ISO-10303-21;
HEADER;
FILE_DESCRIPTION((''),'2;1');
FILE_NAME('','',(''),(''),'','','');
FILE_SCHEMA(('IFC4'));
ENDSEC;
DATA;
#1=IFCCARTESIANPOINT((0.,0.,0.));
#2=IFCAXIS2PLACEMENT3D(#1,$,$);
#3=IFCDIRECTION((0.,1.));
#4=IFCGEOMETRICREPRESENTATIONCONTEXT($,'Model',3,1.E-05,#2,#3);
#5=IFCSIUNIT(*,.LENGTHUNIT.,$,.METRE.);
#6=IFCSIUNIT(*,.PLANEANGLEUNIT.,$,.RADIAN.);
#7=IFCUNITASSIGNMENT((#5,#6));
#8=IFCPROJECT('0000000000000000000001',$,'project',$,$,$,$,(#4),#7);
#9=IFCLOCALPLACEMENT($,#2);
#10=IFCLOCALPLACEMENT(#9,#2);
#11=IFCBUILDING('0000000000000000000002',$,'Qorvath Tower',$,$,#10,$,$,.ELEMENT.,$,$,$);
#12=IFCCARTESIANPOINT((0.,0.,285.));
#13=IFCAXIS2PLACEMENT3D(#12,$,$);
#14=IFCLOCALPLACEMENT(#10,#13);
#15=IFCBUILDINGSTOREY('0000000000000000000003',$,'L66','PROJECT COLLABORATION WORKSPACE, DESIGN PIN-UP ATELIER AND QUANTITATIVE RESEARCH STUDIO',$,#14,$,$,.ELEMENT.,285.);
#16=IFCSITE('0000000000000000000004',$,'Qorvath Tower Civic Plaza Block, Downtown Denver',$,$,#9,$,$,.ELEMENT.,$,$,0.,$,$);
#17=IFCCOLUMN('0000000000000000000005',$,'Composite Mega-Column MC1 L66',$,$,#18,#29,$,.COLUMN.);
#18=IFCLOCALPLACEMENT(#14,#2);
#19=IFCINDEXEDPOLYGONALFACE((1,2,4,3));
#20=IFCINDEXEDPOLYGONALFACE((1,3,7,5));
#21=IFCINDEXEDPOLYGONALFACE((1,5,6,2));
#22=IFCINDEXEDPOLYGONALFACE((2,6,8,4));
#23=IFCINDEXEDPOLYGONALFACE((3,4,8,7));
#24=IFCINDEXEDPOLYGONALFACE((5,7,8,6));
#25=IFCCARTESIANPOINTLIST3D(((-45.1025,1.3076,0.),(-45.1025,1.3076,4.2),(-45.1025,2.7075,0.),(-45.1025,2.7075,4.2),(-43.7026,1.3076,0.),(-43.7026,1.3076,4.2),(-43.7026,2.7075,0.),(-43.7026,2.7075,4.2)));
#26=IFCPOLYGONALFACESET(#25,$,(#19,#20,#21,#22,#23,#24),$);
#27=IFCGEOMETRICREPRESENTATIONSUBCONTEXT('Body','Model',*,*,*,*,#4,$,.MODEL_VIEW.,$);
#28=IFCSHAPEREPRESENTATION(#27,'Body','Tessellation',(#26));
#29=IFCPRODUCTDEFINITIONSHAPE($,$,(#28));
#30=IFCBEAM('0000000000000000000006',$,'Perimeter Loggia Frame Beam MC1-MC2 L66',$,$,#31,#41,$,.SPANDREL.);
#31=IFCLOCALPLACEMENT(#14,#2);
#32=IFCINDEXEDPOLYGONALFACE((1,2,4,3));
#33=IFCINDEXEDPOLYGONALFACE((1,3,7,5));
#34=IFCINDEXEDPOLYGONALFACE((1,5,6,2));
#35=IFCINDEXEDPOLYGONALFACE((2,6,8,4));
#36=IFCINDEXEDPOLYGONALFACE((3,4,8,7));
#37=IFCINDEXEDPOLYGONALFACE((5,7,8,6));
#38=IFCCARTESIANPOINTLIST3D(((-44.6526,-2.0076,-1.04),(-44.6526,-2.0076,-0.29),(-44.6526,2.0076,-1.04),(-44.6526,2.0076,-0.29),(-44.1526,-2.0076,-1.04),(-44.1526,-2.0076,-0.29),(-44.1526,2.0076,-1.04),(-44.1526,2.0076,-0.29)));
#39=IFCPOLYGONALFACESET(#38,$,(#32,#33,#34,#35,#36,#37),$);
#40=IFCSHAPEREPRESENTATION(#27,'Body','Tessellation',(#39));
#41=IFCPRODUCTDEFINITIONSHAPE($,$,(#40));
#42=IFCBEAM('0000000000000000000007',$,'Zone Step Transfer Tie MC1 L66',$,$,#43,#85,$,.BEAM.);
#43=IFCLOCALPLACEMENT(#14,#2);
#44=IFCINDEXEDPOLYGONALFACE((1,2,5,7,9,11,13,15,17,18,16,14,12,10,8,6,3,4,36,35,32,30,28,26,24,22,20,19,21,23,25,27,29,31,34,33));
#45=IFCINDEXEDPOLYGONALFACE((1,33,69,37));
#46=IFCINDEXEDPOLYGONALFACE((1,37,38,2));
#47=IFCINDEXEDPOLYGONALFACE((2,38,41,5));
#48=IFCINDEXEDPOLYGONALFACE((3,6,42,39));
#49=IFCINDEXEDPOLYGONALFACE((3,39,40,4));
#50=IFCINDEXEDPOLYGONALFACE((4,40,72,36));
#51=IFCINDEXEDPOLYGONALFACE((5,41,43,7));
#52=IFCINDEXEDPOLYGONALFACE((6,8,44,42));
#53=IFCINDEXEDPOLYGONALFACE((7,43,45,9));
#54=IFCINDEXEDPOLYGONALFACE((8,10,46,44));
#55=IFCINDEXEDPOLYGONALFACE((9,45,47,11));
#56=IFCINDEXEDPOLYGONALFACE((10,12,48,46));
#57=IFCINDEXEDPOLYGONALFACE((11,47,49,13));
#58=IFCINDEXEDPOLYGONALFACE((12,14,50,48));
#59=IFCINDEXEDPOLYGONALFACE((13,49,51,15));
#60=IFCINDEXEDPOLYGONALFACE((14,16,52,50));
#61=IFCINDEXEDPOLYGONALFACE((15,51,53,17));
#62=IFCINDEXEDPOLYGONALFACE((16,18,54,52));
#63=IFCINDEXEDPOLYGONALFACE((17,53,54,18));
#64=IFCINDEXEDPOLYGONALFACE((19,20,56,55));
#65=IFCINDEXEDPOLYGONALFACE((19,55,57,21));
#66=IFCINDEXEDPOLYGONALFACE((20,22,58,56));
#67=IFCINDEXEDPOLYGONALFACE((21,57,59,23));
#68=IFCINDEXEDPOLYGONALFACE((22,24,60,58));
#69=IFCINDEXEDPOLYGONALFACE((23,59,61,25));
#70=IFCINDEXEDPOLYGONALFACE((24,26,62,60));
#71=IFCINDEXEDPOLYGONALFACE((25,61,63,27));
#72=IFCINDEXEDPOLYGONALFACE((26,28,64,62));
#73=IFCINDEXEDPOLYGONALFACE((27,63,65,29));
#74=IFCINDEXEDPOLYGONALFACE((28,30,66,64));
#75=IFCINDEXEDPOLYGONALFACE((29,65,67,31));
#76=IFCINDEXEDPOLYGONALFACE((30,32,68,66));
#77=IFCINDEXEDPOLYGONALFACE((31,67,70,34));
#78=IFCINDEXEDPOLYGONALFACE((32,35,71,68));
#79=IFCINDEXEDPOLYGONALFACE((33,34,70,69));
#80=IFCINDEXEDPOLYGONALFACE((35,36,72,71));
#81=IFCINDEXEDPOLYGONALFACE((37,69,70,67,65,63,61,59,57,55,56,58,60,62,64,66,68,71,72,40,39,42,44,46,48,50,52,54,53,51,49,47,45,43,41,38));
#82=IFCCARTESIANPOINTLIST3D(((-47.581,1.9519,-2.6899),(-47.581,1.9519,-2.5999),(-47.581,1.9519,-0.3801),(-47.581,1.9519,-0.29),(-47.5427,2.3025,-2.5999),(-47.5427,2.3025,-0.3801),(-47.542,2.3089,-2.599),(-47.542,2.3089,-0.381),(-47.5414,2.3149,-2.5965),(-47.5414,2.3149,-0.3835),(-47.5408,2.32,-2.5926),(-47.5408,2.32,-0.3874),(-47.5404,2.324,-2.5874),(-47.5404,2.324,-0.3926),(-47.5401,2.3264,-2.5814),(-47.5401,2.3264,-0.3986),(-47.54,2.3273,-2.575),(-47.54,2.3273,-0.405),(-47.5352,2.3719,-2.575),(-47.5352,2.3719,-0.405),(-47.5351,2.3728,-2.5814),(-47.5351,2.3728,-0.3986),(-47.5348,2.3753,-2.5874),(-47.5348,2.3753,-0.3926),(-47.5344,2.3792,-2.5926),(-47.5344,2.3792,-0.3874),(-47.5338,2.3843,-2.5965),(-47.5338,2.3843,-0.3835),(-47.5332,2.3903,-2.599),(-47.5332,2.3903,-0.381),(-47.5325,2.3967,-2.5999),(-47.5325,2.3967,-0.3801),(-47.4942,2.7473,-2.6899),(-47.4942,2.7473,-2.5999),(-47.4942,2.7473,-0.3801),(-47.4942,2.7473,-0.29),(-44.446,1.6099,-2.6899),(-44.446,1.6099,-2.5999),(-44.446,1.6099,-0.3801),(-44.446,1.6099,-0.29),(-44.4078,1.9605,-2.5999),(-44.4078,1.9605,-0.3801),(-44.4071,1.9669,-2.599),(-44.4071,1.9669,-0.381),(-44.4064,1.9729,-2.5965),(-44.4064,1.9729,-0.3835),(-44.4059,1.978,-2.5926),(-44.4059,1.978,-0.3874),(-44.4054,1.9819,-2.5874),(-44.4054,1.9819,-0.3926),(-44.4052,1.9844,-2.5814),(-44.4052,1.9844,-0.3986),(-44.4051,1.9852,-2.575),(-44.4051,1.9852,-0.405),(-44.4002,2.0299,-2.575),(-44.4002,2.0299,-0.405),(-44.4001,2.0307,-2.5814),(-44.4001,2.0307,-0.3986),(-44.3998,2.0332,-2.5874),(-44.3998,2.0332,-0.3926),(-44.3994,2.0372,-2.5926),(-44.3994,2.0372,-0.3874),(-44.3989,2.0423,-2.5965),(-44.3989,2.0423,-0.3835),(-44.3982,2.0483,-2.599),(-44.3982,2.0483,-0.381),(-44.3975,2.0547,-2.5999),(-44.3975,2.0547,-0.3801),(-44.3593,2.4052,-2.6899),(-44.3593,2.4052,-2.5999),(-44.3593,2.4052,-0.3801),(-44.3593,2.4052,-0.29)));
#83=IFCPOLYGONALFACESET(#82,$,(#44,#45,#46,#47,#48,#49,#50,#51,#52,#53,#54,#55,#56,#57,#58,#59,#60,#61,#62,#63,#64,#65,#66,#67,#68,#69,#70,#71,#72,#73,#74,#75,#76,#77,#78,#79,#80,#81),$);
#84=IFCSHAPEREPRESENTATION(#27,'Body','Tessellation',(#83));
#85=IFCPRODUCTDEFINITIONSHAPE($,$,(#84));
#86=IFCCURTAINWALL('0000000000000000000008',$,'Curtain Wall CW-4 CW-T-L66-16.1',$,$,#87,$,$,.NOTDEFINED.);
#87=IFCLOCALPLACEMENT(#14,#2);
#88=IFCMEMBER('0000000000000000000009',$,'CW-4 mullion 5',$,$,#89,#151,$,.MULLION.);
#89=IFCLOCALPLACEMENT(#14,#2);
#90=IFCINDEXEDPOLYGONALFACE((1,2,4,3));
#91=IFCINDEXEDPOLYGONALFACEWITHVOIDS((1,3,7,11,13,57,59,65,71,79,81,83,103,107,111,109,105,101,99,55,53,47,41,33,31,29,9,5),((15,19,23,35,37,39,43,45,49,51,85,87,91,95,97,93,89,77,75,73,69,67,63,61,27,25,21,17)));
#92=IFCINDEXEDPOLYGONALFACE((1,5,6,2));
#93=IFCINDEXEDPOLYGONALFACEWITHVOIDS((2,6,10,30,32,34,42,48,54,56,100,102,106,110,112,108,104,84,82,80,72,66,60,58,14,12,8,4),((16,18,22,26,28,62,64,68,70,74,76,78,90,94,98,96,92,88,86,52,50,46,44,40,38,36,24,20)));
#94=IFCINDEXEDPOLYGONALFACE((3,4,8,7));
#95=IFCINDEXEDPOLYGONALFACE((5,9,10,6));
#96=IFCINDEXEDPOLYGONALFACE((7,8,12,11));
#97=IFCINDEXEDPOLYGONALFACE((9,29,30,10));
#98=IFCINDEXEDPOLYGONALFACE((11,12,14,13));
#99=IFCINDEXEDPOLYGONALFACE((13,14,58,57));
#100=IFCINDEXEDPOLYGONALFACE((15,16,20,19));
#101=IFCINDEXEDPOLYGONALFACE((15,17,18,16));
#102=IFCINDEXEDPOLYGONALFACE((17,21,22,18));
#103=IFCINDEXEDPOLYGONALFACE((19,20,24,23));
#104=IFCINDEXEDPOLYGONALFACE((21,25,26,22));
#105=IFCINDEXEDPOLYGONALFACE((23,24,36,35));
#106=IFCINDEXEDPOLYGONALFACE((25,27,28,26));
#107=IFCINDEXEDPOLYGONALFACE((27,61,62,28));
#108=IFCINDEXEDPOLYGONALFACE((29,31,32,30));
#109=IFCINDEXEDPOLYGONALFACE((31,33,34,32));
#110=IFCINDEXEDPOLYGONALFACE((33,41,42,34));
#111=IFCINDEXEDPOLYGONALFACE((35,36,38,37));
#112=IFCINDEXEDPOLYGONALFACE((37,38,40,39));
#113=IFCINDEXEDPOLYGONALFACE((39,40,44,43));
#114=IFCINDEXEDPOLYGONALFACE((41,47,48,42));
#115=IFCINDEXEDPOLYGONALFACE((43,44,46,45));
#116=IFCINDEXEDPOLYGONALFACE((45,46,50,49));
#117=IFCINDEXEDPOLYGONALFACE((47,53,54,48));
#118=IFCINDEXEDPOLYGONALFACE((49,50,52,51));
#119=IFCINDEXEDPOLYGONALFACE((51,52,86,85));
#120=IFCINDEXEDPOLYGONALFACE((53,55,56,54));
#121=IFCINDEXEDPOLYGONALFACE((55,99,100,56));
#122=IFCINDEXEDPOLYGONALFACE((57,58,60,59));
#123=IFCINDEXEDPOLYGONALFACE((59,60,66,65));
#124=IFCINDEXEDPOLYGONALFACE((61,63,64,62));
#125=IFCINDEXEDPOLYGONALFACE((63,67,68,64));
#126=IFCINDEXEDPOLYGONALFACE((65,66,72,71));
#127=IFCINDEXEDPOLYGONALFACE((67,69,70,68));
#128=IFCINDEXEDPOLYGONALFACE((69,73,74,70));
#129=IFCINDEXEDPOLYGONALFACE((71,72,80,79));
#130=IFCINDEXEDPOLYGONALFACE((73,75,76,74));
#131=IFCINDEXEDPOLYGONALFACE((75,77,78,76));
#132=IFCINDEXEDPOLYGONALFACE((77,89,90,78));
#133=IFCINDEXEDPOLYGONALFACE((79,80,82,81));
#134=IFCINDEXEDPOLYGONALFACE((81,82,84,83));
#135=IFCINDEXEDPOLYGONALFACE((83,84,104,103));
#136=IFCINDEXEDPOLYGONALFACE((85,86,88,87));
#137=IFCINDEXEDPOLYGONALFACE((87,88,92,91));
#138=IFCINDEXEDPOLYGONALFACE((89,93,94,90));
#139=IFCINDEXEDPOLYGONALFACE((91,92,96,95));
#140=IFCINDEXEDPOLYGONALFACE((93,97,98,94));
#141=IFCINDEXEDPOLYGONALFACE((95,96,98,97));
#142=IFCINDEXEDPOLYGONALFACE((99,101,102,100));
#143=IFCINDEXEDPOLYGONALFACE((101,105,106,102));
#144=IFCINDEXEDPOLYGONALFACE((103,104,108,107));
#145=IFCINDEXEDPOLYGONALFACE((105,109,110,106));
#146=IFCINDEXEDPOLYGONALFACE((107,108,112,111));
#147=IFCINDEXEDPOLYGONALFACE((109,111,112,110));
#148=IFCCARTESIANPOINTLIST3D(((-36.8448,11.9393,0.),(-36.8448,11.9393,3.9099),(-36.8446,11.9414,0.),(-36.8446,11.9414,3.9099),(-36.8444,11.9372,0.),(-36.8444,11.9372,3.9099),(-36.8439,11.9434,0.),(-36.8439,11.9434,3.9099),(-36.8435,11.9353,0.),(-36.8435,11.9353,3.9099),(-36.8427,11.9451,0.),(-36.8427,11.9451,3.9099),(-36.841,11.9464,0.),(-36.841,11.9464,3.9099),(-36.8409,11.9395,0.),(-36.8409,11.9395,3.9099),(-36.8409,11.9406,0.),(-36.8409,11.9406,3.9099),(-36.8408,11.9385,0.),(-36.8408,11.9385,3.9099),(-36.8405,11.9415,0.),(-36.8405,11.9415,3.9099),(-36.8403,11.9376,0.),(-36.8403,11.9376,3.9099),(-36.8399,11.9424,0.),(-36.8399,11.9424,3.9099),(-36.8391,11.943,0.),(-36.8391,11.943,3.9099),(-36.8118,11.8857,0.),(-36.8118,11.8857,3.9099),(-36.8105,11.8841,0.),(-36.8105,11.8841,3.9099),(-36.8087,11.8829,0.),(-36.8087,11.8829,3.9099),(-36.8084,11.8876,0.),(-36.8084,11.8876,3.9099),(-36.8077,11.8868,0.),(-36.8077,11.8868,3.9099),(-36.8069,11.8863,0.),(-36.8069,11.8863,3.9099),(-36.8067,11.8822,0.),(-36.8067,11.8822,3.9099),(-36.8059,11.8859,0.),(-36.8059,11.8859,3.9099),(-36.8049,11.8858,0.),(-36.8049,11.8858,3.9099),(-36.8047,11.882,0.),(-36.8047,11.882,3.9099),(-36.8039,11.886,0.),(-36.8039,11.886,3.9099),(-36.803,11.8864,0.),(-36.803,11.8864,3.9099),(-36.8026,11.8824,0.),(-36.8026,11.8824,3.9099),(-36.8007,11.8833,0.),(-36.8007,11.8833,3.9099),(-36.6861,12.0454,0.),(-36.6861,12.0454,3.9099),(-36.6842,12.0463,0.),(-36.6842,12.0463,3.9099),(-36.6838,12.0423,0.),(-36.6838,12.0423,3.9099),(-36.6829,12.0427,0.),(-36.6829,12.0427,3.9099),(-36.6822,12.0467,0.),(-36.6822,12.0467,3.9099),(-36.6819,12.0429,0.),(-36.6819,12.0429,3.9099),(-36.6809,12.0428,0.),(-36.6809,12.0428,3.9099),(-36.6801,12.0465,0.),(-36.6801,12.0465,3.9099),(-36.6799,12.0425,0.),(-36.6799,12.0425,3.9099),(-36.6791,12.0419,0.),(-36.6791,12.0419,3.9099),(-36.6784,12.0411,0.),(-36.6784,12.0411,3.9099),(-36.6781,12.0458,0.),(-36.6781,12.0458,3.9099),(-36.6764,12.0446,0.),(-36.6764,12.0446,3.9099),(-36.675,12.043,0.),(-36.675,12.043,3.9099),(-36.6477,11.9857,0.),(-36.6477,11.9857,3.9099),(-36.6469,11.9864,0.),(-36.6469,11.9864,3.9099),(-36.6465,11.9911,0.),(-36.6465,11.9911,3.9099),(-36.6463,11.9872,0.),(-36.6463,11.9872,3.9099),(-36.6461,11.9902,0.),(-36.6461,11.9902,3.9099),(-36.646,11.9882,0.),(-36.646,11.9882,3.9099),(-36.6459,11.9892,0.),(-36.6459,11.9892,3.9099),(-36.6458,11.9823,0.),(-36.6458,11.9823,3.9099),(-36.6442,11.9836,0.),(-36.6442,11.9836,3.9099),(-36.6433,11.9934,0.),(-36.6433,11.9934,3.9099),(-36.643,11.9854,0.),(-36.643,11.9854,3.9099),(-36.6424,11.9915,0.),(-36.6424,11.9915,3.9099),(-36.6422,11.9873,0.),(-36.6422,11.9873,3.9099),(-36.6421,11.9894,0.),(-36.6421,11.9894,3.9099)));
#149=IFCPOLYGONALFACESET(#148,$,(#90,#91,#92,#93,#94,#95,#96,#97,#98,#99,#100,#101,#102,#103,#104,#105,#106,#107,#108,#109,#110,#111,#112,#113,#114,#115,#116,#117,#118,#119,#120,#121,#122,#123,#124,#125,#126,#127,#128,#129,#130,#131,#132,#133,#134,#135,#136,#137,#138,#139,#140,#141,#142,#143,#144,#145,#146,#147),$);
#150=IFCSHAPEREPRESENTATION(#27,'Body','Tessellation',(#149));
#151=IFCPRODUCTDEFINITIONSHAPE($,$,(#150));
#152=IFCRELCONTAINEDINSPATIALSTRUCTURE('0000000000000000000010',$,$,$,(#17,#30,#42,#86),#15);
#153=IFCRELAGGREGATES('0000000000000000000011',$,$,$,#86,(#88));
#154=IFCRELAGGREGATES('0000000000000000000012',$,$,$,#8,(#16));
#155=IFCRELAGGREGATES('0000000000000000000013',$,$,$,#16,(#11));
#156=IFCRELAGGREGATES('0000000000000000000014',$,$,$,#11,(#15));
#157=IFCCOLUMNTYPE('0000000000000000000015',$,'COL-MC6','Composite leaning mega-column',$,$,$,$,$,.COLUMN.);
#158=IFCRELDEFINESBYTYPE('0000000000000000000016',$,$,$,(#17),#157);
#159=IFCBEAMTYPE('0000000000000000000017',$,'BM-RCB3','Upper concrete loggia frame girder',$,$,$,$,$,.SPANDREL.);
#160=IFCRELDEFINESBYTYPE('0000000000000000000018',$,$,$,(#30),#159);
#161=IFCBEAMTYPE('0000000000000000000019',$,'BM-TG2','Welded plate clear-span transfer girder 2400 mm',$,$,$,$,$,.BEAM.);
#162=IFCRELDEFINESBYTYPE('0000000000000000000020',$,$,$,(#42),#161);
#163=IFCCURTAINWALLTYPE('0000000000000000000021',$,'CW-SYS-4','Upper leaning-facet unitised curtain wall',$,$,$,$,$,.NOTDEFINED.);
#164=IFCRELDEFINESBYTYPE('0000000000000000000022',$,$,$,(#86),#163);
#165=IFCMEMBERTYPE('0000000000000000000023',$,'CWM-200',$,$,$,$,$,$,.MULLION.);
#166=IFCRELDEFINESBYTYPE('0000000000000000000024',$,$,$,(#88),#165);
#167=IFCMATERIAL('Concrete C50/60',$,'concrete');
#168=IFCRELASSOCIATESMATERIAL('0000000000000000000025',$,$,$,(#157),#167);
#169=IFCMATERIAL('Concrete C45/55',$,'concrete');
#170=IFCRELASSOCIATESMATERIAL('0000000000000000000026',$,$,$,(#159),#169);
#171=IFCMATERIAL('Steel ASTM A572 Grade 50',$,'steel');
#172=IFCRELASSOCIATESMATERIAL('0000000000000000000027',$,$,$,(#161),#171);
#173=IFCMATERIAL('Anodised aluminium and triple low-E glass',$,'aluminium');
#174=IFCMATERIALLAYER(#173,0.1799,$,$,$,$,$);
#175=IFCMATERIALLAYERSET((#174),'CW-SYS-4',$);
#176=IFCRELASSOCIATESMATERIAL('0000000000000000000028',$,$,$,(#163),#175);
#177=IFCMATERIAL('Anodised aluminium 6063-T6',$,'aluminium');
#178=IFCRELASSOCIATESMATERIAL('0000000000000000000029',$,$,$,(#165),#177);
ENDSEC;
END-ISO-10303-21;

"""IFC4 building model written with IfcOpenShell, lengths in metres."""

from ifc_helpers import new_model, si_unit, direction, frame, origin, origin_2d, place, context, subcontext, project, spatial, rectangle, hollow_rectangle, i_section, extrude, material, layer, layer_set, material_profile, profile_set, type_object, element, aggregate, save


model = new_model("IFC4")

# Units and contexts
model_context = context("Model", 3, precision=1e-05, world=origin(), true_north=direction((0.0, 1.0)))
body_context = subcontext(model_context, "Body", "Model", "MODEL_VIEW")
ifc_project = project(units=[si_unit("LENGTHUNIT", "METRE"), si_unit("PLANEANGLEUNIT", "RADIAN")], contexts=[model_context])

# Site, building, storey
site_placement = place(None, origin())
site = spatial("IfcSite", under=ifc_project, at=site_placement, Name="Qorvath Tower Civic Plaza Block, Downtown Denver", CompositionType="ELEMENT", RefElevation=0.0)
building_placement = place(site_placement, origin())
building = spatial("IfcBuilding", under=site, at=building_placement, Name="Qorvath Tower", CompositionType="ELEMENT")
storey_placement = place(building_placement, frame((0.0, 0.0, 285.0)))
storey = spatial("IfcBuildingStorey", under=building, at=storey_placement, Name="L66", Description="PROJECT COLLABORATION WORKSPACE, DESIGN PIN-UP ATELIER AND QUANTITATIVE RESEARCH STUDIO", CompositionType="ELEMENT", Elevation=285.0)

# Column
ifc_material_1 = material(Name="Concrete C50/60", Category="concrete")
ifc_material_profile_1 = material_profile(ifc_material_1, rectangle(XDim=1.3999, YDim=1.3999, at=origin_2d()), Name="MC 1400x1400")
ifc_profile_set_1 = profile_set([ifc_material_profile_1], Name="Concrete C50/60")
column_type = type_object("IfcColumnType", Name="COL-MC6", Description="Composite leaning mega-column", PredefinedType="COLUMN", material=ifc_profile_set_1)
column_placement = place(storey_placement, frame((-44.4026, 2.0076, 0.0), z_axis=(0.0, 0.0, 1.0), x_axis=(1.0, 0.0, 0.0)))
element("IfcColumn", 1, at=column_placement, inside=storey, type_object=column_type, Name="Composite Mega-Column MC1 L66", PredefinedType="COLUMN", context=body_context, shape_type="SweptSolid", body=[
    extrude(rectangle(XDim=1.3999, YDim=1.3999, at=origin_2d()), origin(), (0.0, 0.0, 1.0), 4.2),
])

# Beams
ifc_material_2 = material(Name="Concrete C45/55", Category="concrete")
ifc_material_profile_2 = material_profile(ifc_material_2, rectangle(XDim=0.5, YDim=0.75, at=origin_2d()), Name="RCB 750x500")
ifc_profile_set_2 = profile_set([ifc_material_profile_2], Name="Concrete C45/55")
beam_type_1 = type_object("IfcBeamType", Name="BM-RCB3", Description="Upper concrete loggia frame girder", PredefinedType="SPANDREL", material=ifc_profile_set_2)
beam_1_placement = place(storey_placement, frame((-44.4026, 2.0076, -0.665), z_axis=(0.0, -1.0, 0.0), x_axis=(1.0, 0.0, 0.0)))
element("IfcBeam", 2, at=beam_1_placement, inside=storey, type_object=beam_type_1, Name="Perimeter Loggia Frame Beam MC1-MC2 L66", PredefinedType="SPANDREL", context=body_context, shape_type="SweptSolid", body=[
    extrude(rectangle(XDim=0.5, YDim=0.75, at=origin_2d()), origin(), (0.0, 0.0, 1.0), 4.0151),
])
ifc_material_3 = material(Name="Steel ASTM A572 Grade 50", Category="steel")
ifc_material_profile_3 = material_profile(ifc_material_3, i_section(OverallWidth=0.8, OverallDepth=2.3999, WebThickness=0.0449, FlangeThickness=0.0901, FilletRadius=0.0249, at=origin_2d()), Name="WTG 2400x800")
ifc_profile_set_3 = profile_set([ifc_material_profile_3], Name="Steel ASTM A572 Grade 50")
beam_type_2 = type_object("IfcBeamType", Name="BM-TG2", Description="Welded plate clear-span transfer girder 2400 mm", PredefinedType="BEAM", material=ifc_profile_set_3)
beam_2_placement = place(storey_placement, frame((-47.5376, 2.3496, -1.49), z_axis=(0.994101, -0.10846, 0.0), x_axis=(0.10846, 0.994101, 0.0)))
element("IfcBeam", 3, at=beam_2_placement, inside=storey, type_object=beam_type_2, Name="Zone Step Transfer Tie MC1 L66", PredefinedType="BEAM", context=body_context, shape_type="SweptSolid", body=[
    extrude(i_section(OverallWidth=0.8, OverallDepth=2.3999, WebThickness=0.0449, FlangeThickness=0.0901, FilletRadius=0.0249, at=origin_2d()), origin(), (0.0, 0.0, 1.0), 3.1536),
])

# Curtain wall, member
ifc_material_4 = material(Name="Anodised aluminium and triple low-E glass", Category="aluminium")
ifc_layer_1 = layer(ifc_material_4, 0.1799)
ifc_layer_set_1 = layer_set([ifc_layer_1], Name="CW-SYS-4")
curtain_wall_type = type_object("IfcCurtainWallType", Name="CW-SYS-4", Description="Upper leaning-facet unitised curtain wall", PredefinedType="NOTDEFINED", material=ifc_layer_set_1)
curtain_wall_placement = place(storey_placement, origin())
curtain_wall = element("IfcCurtainWall", 4, at=curtain_wall_placement, inside=storey, type_object=curtain_wall_type, Name="Curtain Wall CW-4 CW-T-L66-16.1", PredefinedType="NOTDEFINED")
ifc_material_5 = material(Name="Anodised aluminium 6063-T6", Category="aluminium")
ifc_material_profile_4 = material_profile(ifc_material_5, hollow_rectangle(XDim=0.075, YDim=0.2, WallThickness=0.0039, InnerFilletRadius=0.0039, OuterFilletRadius=0.0081, at=origin_2d()), Name="CWM 200x75")
ifc_profile_set_4 = profile_set([ifc_material_profile_4], Name="Anodised aluminium 6063-T6")
member_type_1 = type_object("IfcMemberType", Name="CWM-200", PredefinedType="MULLION", material=ifc_profile_set_4)
member_1_placement = place(storey_placement, frame((-36.7434, 11.9644, 0.0), z_axis=(0.0, 0.0, 1.0), x_axis=(0.538532, -0.842605, 0.0)))
member_1 = element("IfcMember", 5, at=member_1_placement, type_object=member_type_1, Name="CW-4 mullion 5", PredefinedType="MULLION", context=body_context, shape_type="SweptSolid", body=[
    extrude(hollow_rectangle(XDim=0.075, YDim=0.2, WallThickness=0.0039, InnerFilletRadius=0.0039, OuterFilletRadius=0.0081, at=origin_2d()), origin(), (0.0, 0.0, 1.0), 3.9099),
])
aggregate(curtain_wall, [member_1])

save(model, "model.ifc")
